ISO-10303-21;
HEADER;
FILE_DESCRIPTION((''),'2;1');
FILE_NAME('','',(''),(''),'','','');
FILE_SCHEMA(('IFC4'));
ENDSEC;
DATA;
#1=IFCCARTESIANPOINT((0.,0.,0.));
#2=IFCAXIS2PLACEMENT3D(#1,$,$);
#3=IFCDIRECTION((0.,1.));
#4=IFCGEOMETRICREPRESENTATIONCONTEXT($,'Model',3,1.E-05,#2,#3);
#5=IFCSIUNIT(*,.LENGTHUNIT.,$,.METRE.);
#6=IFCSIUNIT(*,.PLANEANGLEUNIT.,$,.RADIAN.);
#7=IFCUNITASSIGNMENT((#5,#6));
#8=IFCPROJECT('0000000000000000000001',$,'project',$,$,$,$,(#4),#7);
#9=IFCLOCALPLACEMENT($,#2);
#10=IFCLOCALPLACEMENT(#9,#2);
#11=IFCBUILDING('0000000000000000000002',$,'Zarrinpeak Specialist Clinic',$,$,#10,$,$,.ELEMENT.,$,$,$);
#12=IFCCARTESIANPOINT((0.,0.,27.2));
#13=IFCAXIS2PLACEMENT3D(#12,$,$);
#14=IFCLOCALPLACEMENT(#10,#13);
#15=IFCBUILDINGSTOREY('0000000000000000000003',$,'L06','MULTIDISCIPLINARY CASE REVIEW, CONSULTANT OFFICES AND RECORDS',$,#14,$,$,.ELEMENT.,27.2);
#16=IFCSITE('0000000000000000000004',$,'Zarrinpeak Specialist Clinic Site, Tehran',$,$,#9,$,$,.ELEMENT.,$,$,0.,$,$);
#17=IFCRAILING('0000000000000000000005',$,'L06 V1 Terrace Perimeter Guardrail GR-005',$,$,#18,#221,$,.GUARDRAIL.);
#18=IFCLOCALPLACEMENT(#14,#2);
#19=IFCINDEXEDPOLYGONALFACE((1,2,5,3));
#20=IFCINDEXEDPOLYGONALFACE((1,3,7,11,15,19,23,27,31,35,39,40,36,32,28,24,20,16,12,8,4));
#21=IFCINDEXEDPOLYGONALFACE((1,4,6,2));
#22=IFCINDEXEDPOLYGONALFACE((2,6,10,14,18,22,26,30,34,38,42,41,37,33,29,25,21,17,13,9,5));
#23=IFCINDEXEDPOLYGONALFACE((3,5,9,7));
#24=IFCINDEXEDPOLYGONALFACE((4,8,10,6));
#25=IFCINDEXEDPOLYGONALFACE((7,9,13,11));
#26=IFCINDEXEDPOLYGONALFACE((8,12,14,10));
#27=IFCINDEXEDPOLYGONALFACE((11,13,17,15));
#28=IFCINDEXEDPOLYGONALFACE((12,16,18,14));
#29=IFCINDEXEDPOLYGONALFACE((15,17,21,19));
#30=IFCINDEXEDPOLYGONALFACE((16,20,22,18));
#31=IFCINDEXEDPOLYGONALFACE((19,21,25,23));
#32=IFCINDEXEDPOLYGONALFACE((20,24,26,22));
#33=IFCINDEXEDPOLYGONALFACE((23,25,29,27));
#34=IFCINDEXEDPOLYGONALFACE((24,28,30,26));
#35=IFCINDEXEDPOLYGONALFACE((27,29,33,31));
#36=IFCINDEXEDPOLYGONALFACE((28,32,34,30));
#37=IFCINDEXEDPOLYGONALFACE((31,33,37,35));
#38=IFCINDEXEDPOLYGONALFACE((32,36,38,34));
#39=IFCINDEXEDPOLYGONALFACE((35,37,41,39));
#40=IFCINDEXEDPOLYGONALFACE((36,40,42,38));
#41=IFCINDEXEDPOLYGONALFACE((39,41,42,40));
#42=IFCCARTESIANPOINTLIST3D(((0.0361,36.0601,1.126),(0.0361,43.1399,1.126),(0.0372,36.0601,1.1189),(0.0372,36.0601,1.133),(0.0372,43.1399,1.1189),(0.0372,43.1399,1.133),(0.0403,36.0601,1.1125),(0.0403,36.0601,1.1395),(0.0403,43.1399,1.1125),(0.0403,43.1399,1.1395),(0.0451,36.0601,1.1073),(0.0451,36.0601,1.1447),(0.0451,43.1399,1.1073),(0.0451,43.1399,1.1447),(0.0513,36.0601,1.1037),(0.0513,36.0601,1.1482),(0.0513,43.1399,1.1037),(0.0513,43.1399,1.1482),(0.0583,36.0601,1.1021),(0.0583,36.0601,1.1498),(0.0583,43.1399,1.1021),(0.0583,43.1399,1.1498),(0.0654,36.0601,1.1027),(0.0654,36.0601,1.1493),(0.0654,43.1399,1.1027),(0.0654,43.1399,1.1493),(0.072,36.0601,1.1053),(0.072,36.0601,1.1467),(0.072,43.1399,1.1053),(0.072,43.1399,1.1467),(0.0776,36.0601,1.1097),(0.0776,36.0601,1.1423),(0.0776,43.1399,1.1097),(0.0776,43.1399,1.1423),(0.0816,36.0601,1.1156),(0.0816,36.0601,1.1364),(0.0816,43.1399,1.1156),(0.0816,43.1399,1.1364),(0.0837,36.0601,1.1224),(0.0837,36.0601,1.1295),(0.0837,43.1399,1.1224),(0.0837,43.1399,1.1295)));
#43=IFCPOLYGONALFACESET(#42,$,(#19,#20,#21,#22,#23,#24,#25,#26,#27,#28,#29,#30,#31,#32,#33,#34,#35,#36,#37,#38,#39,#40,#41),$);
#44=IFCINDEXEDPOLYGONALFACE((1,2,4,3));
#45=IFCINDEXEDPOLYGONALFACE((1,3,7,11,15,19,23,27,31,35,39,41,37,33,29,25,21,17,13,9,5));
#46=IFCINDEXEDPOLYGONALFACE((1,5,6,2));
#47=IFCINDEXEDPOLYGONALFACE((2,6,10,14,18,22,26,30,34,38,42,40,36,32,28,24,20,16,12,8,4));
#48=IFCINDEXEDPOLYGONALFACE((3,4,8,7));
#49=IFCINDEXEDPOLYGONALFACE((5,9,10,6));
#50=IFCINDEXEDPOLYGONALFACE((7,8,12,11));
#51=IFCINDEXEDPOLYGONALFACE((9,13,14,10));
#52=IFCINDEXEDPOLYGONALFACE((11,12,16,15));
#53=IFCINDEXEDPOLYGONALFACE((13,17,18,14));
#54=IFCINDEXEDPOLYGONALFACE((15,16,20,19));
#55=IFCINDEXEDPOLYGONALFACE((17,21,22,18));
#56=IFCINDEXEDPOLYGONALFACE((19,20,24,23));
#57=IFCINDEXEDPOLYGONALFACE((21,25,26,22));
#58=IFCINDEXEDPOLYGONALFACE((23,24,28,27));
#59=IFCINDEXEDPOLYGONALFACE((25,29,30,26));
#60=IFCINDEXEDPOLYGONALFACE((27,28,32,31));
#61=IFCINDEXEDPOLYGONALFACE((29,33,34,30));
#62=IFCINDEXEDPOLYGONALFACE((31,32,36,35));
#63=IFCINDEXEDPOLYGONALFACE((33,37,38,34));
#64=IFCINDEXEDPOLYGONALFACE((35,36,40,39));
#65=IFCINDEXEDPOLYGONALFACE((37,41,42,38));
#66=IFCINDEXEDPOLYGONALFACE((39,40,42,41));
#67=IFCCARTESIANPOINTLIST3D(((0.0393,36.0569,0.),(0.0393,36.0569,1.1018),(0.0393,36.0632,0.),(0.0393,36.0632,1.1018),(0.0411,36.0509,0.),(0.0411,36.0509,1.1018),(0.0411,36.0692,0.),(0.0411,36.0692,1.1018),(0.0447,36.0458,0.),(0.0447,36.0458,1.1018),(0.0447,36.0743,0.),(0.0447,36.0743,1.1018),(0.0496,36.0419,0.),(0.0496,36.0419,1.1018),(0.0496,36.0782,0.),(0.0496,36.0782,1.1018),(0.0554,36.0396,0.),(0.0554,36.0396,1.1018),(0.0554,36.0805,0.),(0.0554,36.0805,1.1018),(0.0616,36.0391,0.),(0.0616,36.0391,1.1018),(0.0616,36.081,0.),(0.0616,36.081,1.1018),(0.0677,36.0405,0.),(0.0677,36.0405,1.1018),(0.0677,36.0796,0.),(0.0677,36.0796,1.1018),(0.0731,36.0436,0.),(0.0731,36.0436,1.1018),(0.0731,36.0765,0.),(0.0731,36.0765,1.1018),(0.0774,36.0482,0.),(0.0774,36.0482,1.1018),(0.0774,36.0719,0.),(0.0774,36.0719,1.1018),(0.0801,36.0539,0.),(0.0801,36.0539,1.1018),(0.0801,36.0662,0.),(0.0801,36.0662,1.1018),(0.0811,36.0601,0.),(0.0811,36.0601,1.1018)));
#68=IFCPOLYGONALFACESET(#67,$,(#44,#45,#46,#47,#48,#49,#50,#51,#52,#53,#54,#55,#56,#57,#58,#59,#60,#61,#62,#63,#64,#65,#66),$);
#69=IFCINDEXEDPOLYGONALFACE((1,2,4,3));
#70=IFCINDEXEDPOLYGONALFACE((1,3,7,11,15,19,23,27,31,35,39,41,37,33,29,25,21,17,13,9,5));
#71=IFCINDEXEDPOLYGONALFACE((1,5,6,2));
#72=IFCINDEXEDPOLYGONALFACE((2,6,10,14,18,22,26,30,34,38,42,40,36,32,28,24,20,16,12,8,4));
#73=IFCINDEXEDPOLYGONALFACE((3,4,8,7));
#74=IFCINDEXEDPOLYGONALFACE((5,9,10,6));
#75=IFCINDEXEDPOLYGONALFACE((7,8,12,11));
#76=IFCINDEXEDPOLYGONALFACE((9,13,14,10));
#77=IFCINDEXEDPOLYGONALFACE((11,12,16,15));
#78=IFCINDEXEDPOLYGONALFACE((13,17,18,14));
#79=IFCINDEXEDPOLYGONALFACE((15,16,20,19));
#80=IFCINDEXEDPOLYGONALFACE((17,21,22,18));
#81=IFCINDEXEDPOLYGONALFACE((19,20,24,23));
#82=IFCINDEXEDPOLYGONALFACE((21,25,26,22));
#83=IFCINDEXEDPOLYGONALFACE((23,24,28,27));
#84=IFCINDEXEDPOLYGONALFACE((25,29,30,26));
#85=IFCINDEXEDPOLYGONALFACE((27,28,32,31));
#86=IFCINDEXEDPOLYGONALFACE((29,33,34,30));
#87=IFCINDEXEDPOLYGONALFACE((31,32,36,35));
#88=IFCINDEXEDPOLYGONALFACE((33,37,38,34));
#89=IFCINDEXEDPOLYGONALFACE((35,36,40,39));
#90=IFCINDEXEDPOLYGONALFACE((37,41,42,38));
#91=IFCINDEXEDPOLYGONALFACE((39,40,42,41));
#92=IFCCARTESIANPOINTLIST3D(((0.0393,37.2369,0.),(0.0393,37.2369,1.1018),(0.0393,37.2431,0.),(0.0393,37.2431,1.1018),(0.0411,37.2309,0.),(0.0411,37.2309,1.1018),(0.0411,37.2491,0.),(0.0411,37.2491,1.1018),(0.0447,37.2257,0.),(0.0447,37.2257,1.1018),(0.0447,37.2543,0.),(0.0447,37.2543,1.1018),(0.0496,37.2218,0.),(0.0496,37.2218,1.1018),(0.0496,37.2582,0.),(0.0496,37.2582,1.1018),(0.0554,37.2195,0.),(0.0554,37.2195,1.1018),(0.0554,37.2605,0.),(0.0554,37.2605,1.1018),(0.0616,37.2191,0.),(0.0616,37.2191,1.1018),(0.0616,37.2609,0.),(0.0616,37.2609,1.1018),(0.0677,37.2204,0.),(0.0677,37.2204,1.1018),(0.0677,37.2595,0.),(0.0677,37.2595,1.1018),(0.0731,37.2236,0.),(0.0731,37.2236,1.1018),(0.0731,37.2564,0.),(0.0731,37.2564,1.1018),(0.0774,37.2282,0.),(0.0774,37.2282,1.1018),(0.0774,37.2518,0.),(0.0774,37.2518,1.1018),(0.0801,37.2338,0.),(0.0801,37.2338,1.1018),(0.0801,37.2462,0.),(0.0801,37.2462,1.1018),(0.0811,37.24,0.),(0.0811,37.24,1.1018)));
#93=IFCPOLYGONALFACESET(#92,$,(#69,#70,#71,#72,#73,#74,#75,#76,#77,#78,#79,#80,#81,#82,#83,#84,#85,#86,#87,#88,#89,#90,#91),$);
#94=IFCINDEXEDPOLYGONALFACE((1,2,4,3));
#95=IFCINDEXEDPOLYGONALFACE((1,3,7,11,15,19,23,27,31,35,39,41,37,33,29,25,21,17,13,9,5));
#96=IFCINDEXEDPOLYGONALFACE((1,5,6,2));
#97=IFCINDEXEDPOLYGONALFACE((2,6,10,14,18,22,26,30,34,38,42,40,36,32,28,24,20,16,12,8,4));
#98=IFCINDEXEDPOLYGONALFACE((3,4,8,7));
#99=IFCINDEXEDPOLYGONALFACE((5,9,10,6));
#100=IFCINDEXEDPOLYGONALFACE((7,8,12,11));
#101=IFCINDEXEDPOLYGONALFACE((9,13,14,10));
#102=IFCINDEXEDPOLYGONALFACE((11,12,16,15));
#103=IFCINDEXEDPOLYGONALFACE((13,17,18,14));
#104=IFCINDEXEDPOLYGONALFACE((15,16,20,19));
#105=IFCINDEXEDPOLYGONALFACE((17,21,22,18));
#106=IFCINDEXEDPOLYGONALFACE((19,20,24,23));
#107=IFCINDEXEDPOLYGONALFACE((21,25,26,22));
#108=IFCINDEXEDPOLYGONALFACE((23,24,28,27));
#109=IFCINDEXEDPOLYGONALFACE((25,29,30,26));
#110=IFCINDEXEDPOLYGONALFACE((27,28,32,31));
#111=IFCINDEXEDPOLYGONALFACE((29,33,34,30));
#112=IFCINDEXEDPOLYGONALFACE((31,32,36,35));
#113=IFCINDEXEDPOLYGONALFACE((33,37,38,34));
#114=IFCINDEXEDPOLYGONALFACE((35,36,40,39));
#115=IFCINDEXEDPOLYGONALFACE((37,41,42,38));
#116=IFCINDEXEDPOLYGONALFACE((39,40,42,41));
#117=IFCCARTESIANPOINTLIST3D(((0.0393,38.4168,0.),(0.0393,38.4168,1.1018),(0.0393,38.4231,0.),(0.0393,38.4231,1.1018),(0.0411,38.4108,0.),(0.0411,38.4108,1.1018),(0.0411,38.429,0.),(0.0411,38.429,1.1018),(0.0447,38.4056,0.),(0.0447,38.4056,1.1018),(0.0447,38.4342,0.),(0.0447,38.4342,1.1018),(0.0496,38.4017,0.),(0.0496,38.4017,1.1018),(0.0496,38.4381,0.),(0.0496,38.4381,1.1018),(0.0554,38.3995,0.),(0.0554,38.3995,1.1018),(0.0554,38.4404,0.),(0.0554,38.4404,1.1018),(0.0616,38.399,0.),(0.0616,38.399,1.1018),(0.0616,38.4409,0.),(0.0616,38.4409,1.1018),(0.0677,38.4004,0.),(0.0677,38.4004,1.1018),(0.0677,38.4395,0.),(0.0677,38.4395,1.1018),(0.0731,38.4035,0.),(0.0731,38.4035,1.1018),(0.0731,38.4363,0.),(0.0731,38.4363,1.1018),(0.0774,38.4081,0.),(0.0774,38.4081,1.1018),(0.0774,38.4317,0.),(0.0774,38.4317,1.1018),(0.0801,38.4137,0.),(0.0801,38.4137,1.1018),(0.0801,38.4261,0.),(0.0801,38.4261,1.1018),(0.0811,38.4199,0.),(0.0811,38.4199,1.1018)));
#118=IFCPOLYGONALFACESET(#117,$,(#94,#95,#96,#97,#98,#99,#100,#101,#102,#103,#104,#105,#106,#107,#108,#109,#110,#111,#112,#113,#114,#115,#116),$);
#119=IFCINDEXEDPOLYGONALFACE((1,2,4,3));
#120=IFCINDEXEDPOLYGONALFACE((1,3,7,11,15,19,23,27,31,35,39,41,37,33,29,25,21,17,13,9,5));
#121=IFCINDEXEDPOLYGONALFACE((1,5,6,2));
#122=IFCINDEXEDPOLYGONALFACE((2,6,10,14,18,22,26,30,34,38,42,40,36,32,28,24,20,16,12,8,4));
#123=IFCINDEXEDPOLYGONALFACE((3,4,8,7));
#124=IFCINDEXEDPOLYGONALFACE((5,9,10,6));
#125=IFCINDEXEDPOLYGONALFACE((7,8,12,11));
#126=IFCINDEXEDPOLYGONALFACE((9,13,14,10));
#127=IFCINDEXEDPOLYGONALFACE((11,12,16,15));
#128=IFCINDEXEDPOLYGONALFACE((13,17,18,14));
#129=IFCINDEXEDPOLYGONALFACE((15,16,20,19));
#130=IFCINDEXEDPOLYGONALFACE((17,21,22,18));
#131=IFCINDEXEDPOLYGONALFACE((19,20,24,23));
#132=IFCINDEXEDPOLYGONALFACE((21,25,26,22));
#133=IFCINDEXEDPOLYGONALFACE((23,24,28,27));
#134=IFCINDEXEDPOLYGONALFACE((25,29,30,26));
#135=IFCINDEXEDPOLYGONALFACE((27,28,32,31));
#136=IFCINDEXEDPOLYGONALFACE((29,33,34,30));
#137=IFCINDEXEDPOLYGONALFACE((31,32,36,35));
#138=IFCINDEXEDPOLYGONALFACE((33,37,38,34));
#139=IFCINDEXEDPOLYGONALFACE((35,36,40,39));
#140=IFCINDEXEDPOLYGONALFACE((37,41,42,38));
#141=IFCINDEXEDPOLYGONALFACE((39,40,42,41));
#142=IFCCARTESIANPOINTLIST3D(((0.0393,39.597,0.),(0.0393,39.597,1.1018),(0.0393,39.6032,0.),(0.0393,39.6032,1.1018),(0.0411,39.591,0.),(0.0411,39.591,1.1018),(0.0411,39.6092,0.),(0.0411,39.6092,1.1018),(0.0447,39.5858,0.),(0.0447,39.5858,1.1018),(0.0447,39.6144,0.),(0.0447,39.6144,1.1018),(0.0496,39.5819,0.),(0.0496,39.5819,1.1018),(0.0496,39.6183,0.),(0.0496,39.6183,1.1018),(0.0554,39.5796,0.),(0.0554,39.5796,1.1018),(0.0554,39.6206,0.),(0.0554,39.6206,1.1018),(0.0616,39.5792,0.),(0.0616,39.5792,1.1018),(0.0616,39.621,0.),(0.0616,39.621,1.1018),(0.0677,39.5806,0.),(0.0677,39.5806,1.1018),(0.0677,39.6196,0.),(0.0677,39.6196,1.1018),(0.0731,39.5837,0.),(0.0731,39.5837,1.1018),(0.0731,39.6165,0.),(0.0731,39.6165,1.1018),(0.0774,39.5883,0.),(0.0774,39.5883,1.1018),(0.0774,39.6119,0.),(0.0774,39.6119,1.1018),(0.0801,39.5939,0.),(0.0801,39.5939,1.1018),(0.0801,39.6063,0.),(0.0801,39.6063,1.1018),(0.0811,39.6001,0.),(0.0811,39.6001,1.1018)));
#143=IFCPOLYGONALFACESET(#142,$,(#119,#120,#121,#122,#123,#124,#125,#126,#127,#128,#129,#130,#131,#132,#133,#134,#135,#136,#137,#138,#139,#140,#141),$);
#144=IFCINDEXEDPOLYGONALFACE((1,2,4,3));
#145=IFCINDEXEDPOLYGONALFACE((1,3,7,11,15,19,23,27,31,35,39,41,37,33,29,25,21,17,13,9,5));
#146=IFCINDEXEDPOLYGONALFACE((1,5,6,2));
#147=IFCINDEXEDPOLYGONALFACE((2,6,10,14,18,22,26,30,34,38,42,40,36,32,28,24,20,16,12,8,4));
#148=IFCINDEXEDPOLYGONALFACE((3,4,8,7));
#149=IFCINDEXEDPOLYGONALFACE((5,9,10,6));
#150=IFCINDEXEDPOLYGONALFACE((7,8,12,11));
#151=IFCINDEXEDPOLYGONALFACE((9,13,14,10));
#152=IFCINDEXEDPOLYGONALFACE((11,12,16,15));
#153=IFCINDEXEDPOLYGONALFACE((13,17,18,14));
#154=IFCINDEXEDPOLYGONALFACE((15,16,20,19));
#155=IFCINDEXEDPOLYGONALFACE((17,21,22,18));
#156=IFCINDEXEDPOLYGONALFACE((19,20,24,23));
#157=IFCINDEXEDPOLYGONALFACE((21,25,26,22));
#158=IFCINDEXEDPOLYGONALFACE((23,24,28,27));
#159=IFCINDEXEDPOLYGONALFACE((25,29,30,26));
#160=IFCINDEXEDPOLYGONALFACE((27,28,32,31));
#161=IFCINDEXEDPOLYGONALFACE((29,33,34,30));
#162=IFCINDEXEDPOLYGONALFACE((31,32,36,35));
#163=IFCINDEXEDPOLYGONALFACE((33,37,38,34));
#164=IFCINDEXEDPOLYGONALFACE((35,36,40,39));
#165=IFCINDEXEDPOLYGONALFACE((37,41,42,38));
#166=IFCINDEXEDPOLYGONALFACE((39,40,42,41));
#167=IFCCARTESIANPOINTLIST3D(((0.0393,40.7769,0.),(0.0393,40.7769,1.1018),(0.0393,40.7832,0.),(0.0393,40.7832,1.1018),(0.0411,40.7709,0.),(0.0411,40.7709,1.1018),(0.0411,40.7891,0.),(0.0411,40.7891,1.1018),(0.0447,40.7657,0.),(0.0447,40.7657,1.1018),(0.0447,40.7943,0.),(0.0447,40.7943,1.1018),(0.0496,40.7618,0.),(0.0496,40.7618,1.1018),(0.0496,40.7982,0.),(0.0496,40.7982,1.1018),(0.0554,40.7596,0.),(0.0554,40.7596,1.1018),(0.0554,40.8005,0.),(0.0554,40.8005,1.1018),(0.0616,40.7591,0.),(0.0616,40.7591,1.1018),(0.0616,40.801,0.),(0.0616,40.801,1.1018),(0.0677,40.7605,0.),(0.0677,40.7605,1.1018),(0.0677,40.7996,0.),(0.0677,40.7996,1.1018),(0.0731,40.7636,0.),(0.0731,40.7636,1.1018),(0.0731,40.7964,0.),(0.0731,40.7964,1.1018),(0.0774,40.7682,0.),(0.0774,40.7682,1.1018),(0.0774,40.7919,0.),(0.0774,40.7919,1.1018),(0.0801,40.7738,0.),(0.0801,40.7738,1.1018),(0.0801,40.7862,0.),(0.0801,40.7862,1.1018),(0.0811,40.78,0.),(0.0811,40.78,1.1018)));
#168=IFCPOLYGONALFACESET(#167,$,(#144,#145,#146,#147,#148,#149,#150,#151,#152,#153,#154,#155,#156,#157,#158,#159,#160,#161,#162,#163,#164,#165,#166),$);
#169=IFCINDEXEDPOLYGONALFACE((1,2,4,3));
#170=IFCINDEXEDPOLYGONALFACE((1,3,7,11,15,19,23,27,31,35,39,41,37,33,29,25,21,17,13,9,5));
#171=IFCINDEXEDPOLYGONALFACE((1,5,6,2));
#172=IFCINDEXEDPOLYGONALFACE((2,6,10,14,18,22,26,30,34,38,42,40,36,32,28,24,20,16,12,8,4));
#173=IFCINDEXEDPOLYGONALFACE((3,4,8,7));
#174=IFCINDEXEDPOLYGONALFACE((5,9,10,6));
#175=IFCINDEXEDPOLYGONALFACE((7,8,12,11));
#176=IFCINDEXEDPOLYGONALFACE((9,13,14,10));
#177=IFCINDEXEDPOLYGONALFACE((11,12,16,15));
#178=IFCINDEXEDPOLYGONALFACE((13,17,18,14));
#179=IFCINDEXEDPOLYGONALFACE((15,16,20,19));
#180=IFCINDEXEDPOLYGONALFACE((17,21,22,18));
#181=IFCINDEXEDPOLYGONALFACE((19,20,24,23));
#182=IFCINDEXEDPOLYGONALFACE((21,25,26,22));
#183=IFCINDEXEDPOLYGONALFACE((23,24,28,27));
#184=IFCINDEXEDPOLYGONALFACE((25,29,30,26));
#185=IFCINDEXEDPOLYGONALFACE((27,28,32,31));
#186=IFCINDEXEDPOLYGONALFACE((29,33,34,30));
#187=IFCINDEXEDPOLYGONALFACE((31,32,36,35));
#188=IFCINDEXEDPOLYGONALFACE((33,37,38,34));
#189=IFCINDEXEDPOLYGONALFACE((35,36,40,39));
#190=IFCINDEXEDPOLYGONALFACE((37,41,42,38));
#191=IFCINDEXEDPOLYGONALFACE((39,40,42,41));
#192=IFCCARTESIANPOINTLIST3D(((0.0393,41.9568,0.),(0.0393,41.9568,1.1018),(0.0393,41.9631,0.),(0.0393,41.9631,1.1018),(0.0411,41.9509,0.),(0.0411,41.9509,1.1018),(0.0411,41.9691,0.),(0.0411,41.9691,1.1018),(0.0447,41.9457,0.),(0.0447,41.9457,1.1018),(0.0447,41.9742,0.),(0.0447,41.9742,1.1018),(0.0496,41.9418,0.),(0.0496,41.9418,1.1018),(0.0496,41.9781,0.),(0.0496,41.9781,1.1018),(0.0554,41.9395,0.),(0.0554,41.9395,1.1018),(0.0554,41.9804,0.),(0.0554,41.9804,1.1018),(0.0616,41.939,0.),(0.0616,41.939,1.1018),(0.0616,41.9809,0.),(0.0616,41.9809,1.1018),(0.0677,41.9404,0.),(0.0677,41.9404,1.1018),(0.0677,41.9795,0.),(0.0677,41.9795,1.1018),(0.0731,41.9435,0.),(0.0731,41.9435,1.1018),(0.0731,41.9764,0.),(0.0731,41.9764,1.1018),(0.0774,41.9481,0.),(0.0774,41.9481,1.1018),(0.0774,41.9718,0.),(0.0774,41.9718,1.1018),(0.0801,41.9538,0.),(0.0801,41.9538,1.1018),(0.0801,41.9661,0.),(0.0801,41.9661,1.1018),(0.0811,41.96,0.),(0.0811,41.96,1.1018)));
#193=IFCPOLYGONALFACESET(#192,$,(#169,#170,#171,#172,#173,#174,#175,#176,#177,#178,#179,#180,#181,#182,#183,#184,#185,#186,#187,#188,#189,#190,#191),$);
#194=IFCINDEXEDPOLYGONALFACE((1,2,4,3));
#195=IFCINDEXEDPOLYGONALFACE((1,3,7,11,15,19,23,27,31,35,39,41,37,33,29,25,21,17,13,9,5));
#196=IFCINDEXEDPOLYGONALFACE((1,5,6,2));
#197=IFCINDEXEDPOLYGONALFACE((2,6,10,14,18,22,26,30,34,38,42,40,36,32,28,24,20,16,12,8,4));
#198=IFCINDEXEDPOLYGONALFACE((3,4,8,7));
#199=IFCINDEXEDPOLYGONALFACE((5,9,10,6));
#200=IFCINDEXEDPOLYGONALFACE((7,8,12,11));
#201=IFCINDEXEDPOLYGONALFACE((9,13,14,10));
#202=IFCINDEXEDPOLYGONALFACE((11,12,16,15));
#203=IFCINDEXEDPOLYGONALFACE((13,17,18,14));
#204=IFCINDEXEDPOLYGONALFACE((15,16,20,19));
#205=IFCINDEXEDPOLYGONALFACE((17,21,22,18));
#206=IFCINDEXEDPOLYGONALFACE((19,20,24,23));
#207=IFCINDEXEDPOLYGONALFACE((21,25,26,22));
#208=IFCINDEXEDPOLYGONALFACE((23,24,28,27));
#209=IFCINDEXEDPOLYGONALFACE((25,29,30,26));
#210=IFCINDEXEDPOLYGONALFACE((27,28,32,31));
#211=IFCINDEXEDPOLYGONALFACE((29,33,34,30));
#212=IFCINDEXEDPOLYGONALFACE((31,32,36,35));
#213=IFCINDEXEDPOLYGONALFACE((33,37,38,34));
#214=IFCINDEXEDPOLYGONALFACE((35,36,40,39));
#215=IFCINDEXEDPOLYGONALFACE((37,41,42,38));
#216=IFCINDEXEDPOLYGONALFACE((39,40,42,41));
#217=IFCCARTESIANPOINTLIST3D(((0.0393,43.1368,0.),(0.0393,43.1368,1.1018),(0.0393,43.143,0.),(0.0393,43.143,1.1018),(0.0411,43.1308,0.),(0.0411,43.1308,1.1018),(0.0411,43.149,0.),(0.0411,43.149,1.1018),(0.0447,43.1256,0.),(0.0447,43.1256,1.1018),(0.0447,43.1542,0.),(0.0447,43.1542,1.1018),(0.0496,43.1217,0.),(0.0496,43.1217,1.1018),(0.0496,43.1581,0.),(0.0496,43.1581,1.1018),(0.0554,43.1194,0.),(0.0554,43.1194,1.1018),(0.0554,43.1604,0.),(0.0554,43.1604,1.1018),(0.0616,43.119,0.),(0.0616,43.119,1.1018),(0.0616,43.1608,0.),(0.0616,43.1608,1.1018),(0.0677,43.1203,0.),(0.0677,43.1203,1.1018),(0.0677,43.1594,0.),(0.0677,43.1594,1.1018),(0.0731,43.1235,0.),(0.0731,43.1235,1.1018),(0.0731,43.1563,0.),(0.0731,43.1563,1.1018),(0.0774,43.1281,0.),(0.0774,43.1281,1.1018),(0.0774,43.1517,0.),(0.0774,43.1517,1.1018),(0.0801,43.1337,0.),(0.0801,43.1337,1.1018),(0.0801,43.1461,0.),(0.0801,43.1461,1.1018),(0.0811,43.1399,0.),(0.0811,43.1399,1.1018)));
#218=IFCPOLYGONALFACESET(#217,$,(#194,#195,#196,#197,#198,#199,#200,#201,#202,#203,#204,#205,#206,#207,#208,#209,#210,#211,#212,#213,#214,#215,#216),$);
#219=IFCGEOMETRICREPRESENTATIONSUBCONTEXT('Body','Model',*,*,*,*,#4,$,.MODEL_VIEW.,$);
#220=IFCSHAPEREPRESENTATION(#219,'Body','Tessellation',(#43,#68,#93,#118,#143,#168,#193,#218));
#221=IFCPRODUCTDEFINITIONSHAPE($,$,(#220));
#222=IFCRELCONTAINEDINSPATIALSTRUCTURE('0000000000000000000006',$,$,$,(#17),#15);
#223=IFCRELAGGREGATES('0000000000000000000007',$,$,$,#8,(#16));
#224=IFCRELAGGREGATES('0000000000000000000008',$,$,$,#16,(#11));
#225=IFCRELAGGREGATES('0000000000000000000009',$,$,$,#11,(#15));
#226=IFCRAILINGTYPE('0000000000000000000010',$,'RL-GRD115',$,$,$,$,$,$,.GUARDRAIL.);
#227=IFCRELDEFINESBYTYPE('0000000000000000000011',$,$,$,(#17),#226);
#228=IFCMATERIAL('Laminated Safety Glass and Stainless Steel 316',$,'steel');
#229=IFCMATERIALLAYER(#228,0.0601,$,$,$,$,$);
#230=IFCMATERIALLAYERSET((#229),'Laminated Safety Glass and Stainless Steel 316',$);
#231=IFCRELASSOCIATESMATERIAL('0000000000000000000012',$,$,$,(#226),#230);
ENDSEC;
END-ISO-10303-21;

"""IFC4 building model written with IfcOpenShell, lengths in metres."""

from ifc_helpers import new_model, si_unit, direction, frame, origin, origin_2d, place, context, subcontext, project, spatial, circle, extrude, material, layer, layer_set, type_object, element, save


model = new_model("IFC4")

# Units and contexts
model_context = context("Model", 3, precision=1e-05, world=origin(), true_north=direction((0.0, 1.0)))
body_context = subcontext(model_context, "Body", "Model", "MODEL_VIEW")
ifc_project = project(units=[si_unit("LENGTHUNIT", "METRE"), si_unit("PLANEANGLEUNIT", "RADIAN")], contexts=[model_context])

# Site, building, storey
site_placement = place(None, origin())
site = spatial("IfcSite", under=ifc_project, at=site_placement, Name="Zarrinpeak Specialist Clinic Site, Tehran", CompositionType="ELEMENT", RefElevation=0.0)
building_placement = place(site_placement, origin())
building = spatial("IfcBuilding", under=site, at=building_placement, Name="Zarrinpeak Specialist Clinic", CompositionType="ELEMENT")
storey_placement = place(building_placement, frame((0.0, 0.0, 27.2)))
storey = spatial("IfcBuildingStorey", under=building, at=storey_placement, Name="L06", Description="MULTIDISCIPLINARY CASE REVIEW, CONSULTANT OFFICES AND RECORDS", CompositionType="ELEMENT", Elevation=27.2)

# Railing
ifc_material_1 = material(Name="Laminated Safety Glass and Stainless Steel 316", Category="steel")
ifc_layer_1 = layer(ifc_material_1, 0.0601)
ifc_layer_set_1 = layer_set([ifc_layer_1], Name="Laminated Safety Glass and Stainless Steel 316")
railing_type_1 = type_object("IfcRailingType", Name="RL-GRD115", PredefinedType="GUARDRAIL", material=ifc_layer_set_1)
railing_1_placement = place(storey_placement, frame((0.0601, 36.0601, 0.0)))
element("IfcRailing", 1, at=railing_1_placement, inside=storey, type_object=railing_type_1, Name="L06 V1 Terrace Perimeter Guardrail GR-005", PredefinedType="GUARDRAIL", context=body_context, shape_type="SweptSolid", body=[
    extrude(circle(Radius=0.0239, at=origin_2d()), frame((0.0, 0.0, 1.126), z_axis=(0.0, 1.0, 0.0), x_axis=(-1.0, 0.0, 0.0)), (0.0, 0.0, 1.0), 7.0798),
    extrude(circle(Radius=0.021, at=origin_2d()), origin(), (0.0, 0.0, 1.0), 1.1018),
    extrude(circle(Radius=0.021, at=origin_2d()), frame((0.0, 1.1799, 0.0)), (0.0, 0.0, 1.0), 1.1018),
    extrude(circle(Radius=0.021, at=origin_2d()), frame((0.0, 2.3599, 0.0)), (0.0, 0.0, 1.0), 1.1018),
    extrude(circle(Radius=0.021, at=origin_2d()), frame((0.0, 3.54, 0.0)), (0.0, 0.0, 1.0), 1.1018),
    extrude(circle(Radius=0.021, at=origin_2d()), frame((0.0, 4.72, 0.0)), (0.0, 0.0, 1.0), 1.1018),
    extrude(circle(Radius=0.021, at=origin_2d()), frame((0.0, 5.8999, 0.0)), (0.0, 0.0, 1.0), 1.1018),
    extrude(circle(Radius=0.021, at=origin_2d()), frame((0.0, 7.0798, 0.0)), (0.0, 0.0, 1.0), 1.1018),
])

save(model, "model.ifc")
